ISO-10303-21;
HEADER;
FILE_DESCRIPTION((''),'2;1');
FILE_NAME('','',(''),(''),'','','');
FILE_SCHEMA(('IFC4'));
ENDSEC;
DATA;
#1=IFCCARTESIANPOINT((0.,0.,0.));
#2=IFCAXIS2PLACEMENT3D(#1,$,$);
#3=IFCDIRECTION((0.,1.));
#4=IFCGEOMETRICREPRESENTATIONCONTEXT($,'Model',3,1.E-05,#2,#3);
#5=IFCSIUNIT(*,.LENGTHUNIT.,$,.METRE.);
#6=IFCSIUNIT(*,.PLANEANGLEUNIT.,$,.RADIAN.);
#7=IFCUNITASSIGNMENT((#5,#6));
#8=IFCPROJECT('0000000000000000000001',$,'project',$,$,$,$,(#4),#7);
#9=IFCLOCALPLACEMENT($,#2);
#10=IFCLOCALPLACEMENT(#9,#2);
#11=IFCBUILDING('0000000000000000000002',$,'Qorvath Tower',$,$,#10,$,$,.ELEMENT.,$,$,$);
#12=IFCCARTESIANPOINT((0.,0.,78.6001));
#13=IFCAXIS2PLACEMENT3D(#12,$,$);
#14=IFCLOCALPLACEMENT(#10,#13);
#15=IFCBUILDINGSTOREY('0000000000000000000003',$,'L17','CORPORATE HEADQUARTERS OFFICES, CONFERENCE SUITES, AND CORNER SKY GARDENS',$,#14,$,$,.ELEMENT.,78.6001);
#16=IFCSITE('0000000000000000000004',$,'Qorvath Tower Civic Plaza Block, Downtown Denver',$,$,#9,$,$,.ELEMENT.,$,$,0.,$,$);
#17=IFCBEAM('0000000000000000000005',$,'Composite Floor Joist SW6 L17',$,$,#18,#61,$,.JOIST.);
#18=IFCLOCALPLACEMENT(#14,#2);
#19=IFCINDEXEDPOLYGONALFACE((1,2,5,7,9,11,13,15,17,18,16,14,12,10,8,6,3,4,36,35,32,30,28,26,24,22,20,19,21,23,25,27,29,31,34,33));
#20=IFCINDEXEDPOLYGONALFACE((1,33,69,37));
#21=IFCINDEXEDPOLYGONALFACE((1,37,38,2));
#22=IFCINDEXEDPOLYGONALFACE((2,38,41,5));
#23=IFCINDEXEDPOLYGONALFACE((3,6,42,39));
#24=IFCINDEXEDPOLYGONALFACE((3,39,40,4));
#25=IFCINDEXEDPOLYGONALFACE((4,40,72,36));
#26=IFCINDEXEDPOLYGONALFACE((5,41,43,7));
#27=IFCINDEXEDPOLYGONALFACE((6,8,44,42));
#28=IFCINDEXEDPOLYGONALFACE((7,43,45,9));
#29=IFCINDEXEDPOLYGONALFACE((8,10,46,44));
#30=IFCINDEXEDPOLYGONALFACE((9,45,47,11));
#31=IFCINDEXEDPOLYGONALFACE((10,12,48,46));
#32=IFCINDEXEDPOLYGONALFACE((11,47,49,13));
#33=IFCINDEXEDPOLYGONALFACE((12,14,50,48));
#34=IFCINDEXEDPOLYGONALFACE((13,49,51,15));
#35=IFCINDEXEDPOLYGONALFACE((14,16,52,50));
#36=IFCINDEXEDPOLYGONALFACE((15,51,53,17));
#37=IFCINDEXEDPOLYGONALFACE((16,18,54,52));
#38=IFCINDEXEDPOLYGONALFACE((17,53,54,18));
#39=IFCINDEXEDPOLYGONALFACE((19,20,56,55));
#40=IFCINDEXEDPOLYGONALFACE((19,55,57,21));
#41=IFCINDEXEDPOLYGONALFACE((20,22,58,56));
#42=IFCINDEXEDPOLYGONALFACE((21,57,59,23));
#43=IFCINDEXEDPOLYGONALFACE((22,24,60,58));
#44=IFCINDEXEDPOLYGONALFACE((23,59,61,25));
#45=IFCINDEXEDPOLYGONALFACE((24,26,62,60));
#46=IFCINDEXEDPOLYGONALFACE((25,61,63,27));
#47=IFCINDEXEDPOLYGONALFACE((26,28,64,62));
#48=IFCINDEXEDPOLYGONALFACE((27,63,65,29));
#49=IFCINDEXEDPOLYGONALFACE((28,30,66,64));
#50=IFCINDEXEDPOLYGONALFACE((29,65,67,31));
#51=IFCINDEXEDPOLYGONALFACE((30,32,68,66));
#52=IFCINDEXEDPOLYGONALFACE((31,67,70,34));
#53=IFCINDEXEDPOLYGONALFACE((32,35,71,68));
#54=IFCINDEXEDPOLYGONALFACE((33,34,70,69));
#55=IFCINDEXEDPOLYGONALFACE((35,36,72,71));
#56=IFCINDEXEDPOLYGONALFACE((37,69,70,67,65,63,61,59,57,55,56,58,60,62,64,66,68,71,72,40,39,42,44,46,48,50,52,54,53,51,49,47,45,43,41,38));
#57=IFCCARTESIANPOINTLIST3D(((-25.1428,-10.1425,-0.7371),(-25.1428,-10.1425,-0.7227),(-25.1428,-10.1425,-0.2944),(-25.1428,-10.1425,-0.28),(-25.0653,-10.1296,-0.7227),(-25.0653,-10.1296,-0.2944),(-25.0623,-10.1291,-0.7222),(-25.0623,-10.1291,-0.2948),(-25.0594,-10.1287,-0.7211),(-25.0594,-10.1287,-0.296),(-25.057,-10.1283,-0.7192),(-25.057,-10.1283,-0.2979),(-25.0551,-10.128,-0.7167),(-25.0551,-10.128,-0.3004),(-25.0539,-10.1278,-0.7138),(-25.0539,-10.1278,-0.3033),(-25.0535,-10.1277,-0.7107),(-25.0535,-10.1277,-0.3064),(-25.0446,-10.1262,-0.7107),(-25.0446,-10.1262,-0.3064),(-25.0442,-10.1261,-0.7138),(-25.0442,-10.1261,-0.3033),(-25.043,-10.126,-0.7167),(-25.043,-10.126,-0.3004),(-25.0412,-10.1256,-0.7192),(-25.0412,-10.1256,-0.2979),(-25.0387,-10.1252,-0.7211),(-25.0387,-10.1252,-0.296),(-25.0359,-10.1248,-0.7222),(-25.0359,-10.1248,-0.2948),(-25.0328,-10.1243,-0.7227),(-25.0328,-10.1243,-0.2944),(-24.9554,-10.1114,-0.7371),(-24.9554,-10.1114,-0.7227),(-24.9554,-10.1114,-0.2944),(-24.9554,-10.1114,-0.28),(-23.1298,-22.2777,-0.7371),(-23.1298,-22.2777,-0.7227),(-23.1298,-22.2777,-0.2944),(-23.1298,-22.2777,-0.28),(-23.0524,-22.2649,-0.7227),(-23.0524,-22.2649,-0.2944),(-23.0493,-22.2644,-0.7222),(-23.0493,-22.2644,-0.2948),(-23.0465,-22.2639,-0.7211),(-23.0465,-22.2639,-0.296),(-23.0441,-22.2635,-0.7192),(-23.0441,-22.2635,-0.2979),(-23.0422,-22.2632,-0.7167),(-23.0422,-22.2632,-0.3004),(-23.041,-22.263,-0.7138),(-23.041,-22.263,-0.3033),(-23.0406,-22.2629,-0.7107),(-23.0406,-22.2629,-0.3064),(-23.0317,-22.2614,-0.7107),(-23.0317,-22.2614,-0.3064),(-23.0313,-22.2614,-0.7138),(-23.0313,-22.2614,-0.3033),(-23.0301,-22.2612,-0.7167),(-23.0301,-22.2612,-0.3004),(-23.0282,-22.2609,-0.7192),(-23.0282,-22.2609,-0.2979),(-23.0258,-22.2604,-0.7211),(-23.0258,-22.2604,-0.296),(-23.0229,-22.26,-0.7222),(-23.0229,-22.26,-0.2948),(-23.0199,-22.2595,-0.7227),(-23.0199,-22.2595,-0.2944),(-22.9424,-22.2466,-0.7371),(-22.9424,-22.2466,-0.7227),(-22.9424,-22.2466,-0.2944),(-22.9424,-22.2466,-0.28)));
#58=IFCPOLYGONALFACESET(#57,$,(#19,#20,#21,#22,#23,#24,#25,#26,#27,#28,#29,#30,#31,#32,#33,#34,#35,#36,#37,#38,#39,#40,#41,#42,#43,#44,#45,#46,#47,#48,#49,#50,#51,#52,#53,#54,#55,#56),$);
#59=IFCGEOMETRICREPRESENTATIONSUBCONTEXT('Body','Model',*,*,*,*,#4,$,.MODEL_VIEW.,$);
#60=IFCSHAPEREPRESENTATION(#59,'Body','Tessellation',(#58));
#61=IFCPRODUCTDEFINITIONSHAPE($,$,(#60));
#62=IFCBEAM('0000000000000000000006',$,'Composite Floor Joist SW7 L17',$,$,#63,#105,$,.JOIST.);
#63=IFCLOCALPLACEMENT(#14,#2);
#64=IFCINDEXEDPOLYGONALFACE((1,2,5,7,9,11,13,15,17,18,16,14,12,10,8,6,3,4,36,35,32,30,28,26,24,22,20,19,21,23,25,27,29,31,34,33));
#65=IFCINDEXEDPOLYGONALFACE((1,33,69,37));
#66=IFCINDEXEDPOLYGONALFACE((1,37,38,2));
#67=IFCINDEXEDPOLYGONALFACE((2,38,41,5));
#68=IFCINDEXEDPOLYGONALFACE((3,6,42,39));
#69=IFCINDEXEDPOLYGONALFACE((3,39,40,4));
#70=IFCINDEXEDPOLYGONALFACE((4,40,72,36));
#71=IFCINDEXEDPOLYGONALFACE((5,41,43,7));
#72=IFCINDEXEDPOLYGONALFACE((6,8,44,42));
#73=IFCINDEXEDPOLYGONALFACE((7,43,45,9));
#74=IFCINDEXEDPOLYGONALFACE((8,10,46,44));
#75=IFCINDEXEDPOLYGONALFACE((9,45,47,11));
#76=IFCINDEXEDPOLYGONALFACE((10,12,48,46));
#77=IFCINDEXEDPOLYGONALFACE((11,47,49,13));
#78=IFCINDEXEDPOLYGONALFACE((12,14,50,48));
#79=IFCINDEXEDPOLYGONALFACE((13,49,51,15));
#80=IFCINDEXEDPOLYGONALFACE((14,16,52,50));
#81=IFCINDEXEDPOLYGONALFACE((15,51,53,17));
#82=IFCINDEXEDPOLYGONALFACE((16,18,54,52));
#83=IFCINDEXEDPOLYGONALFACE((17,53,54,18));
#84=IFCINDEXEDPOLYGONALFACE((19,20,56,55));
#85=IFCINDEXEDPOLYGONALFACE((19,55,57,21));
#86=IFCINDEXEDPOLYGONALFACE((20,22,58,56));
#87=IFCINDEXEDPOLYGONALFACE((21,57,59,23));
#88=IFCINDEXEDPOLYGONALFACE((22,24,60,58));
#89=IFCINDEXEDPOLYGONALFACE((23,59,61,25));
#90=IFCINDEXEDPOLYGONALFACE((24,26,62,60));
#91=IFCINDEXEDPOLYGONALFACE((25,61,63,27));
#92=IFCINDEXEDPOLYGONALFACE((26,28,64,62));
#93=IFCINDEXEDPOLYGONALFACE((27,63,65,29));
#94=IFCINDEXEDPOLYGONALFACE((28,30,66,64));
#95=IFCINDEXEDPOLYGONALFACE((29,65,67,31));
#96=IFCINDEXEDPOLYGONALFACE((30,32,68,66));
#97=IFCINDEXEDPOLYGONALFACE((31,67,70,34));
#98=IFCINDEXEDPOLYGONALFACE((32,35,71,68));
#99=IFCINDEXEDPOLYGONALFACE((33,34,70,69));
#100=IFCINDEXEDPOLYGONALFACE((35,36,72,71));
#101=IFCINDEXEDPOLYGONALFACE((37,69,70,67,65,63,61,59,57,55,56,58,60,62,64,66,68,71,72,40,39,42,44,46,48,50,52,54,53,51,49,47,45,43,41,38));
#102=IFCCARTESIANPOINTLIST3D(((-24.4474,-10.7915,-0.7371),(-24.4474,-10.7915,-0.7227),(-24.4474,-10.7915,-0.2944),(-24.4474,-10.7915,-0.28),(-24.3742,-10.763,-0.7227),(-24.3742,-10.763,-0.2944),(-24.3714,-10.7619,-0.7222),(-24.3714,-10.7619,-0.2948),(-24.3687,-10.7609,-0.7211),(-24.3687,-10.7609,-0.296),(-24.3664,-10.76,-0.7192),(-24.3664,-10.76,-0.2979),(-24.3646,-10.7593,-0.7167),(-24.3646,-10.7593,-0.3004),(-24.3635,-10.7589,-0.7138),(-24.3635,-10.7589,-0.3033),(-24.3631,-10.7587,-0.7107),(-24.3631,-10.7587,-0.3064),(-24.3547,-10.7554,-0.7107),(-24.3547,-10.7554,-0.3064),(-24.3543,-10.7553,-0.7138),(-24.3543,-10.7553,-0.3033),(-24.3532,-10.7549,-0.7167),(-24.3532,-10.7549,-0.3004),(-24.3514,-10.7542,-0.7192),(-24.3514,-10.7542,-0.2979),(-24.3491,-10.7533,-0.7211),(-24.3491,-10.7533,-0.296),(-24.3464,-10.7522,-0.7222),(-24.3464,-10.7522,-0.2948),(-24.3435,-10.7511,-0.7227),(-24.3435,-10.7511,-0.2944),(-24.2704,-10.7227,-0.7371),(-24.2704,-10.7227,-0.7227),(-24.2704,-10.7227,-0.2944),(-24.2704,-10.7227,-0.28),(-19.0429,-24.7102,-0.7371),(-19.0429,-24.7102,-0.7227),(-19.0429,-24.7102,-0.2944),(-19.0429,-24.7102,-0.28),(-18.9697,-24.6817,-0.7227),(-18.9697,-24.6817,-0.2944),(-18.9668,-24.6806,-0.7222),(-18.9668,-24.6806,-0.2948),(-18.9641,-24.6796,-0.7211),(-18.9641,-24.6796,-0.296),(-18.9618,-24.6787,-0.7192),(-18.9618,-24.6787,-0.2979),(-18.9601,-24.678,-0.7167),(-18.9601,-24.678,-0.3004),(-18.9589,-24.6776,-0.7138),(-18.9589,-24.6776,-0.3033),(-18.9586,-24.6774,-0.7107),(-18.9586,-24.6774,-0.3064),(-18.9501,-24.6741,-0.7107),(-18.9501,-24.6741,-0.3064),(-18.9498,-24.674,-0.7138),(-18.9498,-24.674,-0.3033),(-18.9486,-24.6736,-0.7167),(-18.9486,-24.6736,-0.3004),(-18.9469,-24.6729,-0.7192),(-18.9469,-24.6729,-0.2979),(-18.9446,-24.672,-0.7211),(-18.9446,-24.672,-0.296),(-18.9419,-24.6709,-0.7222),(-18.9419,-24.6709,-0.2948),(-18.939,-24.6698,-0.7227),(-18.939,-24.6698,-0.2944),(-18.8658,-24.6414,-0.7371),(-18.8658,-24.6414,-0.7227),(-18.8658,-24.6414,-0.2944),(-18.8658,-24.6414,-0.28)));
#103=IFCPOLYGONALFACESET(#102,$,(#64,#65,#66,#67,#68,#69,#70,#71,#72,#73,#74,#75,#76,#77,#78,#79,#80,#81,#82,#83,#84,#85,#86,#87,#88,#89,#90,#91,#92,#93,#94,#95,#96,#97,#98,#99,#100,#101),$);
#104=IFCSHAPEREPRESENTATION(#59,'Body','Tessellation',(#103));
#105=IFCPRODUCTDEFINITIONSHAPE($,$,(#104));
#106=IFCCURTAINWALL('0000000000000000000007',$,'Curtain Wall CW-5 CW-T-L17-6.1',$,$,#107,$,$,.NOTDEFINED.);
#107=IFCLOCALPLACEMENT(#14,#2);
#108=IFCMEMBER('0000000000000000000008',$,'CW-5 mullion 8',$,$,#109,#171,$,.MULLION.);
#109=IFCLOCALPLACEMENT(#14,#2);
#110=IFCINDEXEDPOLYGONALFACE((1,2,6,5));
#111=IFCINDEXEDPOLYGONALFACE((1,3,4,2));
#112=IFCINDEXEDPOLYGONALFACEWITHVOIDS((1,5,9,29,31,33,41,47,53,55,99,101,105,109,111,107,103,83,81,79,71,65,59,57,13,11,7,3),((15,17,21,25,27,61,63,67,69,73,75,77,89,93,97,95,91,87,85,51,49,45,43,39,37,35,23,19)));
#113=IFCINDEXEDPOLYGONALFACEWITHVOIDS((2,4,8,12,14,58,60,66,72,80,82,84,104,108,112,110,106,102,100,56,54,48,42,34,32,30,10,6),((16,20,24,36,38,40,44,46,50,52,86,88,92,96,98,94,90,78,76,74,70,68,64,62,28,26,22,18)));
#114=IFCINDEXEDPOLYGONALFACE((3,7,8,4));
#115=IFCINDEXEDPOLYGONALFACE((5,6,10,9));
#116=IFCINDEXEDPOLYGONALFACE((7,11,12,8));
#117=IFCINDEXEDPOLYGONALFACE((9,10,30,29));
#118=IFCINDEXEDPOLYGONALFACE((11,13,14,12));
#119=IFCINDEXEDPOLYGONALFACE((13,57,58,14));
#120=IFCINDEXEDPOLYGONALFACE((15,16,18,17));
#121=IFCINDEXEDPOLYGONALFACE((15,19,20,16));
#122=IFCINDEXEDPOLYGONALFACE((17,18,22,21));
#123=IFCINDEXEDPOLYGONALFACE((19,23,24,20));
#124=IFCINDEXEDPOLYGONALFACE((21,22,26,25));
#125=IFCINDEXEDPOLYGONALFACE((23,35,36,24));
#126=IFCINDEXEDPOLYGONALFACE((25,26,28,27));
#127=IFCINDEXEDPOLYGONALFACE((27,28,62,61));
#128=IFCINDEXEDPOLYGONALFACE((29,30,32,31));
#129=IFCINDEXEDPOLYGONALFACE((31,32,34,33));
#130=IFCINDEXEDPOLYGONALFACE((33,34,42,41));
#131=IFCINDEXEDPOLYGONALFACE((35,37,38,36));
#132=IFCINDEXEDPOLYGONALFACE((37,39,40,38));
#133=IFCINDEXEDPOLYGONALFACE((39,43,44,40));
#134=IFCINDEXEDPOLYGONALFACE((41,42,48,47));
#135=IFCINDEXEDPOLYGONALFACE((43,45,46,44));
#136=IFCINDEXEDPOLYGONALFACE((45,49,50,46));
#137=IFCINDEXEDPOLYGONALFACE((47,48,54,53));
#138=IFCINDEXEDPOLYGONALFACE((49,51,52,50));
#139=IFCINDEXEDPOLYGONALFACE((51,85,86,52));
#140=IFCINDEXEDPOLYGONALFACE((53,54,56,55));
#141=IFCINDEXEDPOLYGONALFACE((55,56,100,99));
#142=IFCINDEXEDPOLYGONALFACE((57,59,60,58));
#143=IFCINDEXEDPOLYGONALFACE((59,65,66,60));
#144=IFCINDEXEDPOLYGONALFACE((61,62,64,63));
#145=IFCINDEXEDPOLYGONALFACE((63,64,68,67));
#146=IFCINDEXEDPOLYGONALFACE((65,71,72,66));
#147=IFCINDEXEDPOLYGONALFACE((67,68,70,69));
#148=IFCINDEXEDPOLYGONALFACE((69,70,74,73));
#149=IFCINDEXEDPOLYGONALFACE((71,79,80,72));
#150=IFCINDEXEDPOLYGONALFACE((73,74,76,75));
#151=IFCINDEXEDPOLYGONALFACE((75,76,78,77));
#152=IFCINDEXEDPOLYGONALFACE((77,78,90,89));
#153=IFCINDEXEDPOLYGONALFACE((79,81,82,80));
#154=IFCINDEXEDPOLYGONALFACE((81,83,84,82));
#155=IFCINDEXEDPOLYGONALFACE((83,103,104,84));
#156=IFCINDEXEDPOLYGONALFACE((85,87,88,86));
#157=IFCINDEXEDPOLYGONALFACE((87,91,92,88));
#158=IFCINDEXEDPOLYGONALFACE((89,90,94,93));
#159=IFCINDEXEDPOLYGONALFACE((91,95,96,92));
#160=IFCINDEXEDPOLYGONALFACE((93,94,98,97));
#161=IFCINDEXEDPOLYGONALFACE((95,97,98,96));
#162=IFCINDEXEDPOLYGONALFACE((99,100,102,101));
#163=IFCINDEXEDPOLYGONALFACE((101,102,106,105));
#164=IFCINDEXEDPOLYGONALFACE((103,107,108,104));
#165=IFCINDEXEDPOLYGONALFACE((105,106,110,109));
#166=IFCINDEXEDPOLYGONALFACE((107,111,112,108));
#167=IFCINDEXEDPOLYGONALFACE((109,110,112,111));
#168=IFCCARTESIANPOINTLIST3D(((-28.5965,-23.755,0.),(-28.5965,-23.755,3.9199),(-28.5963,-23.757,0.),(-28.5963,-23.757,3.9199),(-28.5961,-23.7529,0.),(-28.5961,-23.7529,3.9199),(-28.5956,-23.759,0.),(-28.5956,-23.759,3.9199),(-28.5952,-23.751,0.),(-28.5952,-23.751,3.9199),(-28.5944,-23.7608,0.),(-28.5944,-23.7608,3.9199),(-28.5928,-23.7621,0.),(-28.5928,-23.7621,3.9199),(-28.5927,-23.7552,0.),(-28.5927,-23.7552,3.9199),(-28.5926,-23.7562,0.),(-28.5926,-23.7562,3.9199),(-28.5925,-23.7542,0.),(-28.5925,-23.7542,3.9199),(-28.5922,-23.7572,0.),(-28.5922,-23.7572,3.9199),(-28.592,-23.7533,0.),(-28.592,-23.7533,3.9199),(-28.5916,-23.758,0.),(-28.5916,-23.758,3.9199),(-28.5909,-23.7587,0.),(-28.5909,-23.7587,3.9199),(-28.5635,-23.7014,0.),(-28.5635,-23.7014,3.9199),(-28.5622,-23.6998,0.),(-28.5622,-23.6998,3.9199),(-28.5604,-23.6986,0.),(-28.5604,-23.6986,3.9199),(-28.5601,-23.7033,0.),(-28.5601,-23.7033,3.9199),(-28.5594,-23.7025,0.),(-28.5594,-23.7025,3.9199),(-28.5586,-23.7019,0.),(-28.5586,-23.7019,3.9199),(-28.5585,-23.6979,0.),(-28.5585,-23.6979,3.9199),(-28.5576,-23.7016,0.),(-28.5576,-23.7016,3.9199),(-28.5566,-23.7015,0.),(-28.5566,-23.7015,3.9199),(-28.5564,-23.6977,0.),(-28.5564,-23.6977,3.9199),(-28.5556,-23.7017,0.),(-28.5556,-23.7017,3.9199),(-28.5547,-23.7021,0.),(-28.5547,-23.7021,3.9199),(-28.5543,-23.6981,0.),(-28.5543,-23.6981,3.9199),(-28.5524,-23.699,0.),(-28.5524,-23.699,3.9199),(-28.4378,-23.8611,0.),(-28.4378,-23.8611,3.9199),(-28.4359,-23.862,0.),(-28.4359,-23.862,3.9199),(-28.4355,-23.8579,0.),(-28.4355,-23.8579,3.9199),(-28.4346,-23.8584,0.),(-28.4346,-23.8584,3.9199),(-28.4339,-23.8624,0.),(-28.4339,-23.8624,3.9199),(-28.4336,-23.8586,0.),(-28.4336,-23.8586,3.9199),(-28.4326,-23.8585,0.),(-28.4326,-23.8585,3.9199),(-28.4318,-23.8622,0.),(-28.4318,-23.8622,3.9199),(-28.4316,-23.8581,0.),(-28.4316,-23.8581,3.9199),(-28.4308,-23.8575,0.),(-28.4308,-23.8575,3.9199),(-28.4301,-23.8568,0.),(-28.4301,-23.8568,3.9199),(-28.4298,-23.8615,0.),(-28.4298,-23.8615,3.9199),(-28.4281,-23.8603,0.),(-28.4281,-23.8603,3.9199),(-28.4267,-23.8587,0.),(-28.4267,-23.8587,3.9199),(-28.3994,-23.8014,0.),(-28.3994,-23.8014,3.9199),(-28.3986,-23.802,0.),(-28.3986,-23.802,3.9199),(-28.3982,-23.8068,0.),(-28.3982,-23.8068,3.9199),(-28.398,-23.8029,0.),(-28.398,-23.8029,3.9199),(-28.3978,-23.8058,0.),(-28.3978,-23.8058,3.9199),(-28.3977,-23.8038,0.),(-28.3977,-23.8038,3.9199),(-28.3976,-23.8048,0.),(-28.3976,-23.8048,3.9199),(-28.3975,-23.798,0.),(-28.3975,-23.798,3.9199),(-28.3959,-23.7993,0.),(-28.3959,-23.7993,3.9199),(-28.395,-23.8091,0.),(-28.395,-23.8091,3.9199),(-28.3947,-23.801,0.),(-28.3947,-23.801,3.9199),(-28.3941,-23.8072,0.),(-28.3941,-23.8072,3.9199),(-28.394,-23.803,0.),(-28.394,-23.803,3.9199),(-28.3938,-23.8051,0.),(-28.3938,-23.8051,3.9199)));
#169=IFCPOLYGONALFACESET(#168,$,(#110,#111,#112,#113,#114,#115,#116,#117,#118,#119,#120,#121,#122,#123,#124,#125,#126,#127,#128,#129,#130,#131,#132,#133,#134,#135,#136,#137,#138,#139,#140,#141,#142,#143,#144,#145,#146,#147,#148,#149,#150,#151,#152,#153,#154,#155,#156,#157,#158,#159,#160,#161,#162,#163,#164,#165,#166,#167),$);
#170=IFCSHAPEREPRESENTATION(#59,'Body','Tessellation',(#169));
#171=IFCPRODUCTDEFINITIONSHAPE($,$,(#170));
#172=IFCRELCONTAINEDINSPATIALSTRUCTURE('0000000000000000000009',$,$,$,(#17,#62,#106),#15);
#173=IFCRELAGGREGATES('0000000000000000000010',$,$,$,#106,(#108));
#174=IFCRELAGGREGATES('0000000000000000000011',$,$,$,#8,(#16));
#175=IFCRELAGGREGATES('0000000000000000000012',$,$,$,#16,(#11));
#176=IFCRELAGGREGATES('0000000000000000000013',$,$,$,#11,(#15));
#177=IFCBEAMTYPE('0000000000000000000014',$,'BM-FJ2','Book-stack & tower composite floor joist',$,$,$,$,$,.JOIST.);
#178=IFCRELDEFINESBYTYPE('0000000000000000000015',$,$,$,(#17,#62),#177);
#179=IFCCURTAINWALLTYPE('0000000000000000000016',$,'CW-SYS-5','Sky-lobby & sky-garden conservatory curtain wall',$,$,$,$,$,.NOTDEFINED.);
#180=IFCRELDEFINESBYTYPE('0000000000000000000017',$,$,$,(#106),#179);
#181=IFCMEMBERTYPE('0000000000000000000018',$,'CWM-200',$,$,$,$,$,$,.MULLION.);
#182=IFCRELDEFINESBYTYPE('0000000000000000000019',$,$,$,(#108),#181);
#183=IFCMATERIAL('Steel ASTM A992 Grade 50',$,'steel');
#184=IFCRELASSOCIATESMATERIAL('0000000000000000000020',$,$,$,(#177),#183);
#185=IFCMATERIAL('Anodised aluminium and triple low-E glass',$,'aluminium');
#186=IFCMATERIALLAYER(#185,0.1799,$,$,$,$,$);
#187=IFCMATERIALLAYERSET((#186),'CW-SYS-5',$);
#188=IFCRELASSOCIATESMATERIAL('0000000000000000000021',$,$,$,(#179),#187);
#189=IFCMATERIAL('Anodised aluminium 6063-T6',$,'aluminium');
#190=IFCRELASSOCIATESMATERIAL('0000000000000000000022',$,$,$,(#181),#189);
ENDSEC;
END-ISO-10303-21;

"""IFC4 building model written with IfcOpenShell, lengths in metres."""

from ifc_helpers import new_model, si_unit, direction, frame, origin, origin_2d, place, context, subcontext, project, spatial, hollow_rectangle, i_section, extrude, material, layer, layer_set, material_profile, profile_set, type_object, element, aggregate, save


model = new_model("IFC4")

# Units and contexts
model_context = context("Model", 3, precision=1e-05, world=origin(), true_north=direction((0.0, 1.0)))
body_context = subcontext(model_context, "Body", "Model", "MODEL_VIEW")
ifc_project = project(units=[si_unit("LENGTHUNIT", "METRE"), si_unit("PLANEANGLEUNIT", "RADIAN")], contexts=[model_context])

# Site, building, storey
site_placement = place(None, origin())
site = spatial("IfcSite", under=ifc_project, at=site_placement, Name="Qorvath Tower Civic Plaza Block, Downtown Denver", CompositionType="ELEMENT", RefElevation=0.0)
building_placement = place(site_placement, origin())
building = spatial("IfcBuilding", under=site, at=building_placement, Name="Qorvath Tower", CompositionType="ELEMENT")
storey_placement = place(building_placement, frame((0.0, 0.0, 78.6001)))
storey = spatial("IfcBuildingStorey", under=building, at=storey_placement, Name="L17", Description="CORPORATE HEADQUARTERS OFFICES, CONFERENCE SUITES, AND CORNER SKY GARDENS", CompositionType="ELEMENT", Elevation=78.6001)

# Beams
ifc_material_1 = material(Name="Steel ASTM A992 Grade 50", Category="steel")
ifc_material_profile_1 = material_profile(ifc_material_1, i_section(OverallWidth=0.1899, OverallDepth=0.457, WebThickness=0.009, FlangeThickness=0.0144, FilletRadius=0.012, at=origin_2d()), Name="W18x50")
ifc_profile_set_1 = profile_set([ifc_material_profile_1], Name="Steel ASTM A992 Grade 50")
beam_type_1 = type_object("IfcBeamType", Name="BM-FJ2", Description="Book-stack & tower composite floor joist", PredefinedType="JOIST", material=ifc_profile_set_1)
beam_1_placement = place(storey_placement, frame((-25.0491, -10.127, -0.5085), z_axis=(0.163639, -0.98652, 0.0), x_axis=(0.98652, 0.163639, 0.0)))
element("IfcBeam", 1, at=beam_1_placement, inside=storey, type_object=beam_type_1, Name="Composite Floor Joist SW6 L17", PredefinedType="JOIST", context=body_context, shape_type="SweptSolid", body=[
    extrude(i_section(OverallWidth=0.1899, OverallDepth=0.457, WebThickness=0.009, FlangeThickness=0.0144, FilletRadius=0.012, at=origin_2d()), origin(), (0.0, 0.0, 1.0), 12.301),
])
beam_2_placement = place(storey_placement, frame((-24.3589, -10.7571, -0.5085), z_axis=(0.361964, -0.932192, 0.0), x_axis=(0.932192, 0.361964, 0.0)))
element("IfcBeam", 2, at=beam_2_placement, inside=storey, type_object=beam_type_1, Name="Composite Floor Joist SW7 L17", PredefinedType="JOIST", context=body_context, shape_type="SweptSolid", body=[
    extrude(i_section(OverallWidth=0.1899, OverallDepth=0.457, WebThickness=0.009, FlangeThickness=0.0144, FilletRadius=0.012, at=origin_2d()), origin(), (0.0, 0.0, 1.0), 14.9312),
])

# Curtain wall, member
ifc_material_2 = material(Name="Anodised aluminium and triple low-E glass", Category="aluminium")
ifc_layer_1 = layer(ifc_material_2, 0.1799)
ifc_layer_set_1 = layer_set([ifc_layer_1], Name="CW-SYS-5")
curtain_wall_type = type_object("IfcCurtainWallType", Name="CW-SYS-5", Description="Sky-lobby & sky-garden conservatory curtain wall", PredefinedType="NOTDEFINED", material=ifc_layer_set_1)
curtain_wall_placement = place(storey_placement, origin())
curtain_wall = element("IfcCurtainWall", 3, at=curtain_wall_placement, inside=storey, type_object=curtain_wall_type, Name="Curtain Wall CW-5 CW-T-L17-6.1", PredefinedType="NOTDEFINED")
ifc_material_3 = material(Name="Anodised aluminium 6063-T6", Category="aluminium")
ifc_material_profile_2 = material_profile(ifc_material_3, hollow_rectangle(XDim=0.075, YDim=0.2, WallThickness=0.0039, InnerFilletRadius=0.0039, OuterFilletRadius=0.0081, at=origin_2d()), Name="CWM 200x75")
ifc_profile_set_2 = profile_set([ifc_material_profile_2], Name="Anodised aluminium 6063-T6")
member_type_1 = type_object("IfcMemberType", Name="CWM-200", PredefinedType="MULLION", material=ifc_profile_set_2)
member_1_placement = place(storey_placement, frame((-28.4951, -23.78, 0.0), z_axis=(0.0, 0.0, 1.0), x_axis=(0.538533, 0.842604, 0.0)))
member_1 = element("IfcMember", 4, at=member_1_placement, type_object=member_type_1, Name="CW-5 mullion 8", PredefinedType="MULLION", context=body_context, shape_type="SweptSolid", body=[
    extrude(hollow_rectangle(XDim=0.075, YDim=0.2, WallThickness=0.0039, InnerFilletRadius=0.0039, OuterFilletRadius=0.0081, at=origin_2d()), origin(), (0.0, 0.0, 1.0), 3.9199),
])
aggregate(curtain_wall, [member_1])

save(model, "model.ifc")
